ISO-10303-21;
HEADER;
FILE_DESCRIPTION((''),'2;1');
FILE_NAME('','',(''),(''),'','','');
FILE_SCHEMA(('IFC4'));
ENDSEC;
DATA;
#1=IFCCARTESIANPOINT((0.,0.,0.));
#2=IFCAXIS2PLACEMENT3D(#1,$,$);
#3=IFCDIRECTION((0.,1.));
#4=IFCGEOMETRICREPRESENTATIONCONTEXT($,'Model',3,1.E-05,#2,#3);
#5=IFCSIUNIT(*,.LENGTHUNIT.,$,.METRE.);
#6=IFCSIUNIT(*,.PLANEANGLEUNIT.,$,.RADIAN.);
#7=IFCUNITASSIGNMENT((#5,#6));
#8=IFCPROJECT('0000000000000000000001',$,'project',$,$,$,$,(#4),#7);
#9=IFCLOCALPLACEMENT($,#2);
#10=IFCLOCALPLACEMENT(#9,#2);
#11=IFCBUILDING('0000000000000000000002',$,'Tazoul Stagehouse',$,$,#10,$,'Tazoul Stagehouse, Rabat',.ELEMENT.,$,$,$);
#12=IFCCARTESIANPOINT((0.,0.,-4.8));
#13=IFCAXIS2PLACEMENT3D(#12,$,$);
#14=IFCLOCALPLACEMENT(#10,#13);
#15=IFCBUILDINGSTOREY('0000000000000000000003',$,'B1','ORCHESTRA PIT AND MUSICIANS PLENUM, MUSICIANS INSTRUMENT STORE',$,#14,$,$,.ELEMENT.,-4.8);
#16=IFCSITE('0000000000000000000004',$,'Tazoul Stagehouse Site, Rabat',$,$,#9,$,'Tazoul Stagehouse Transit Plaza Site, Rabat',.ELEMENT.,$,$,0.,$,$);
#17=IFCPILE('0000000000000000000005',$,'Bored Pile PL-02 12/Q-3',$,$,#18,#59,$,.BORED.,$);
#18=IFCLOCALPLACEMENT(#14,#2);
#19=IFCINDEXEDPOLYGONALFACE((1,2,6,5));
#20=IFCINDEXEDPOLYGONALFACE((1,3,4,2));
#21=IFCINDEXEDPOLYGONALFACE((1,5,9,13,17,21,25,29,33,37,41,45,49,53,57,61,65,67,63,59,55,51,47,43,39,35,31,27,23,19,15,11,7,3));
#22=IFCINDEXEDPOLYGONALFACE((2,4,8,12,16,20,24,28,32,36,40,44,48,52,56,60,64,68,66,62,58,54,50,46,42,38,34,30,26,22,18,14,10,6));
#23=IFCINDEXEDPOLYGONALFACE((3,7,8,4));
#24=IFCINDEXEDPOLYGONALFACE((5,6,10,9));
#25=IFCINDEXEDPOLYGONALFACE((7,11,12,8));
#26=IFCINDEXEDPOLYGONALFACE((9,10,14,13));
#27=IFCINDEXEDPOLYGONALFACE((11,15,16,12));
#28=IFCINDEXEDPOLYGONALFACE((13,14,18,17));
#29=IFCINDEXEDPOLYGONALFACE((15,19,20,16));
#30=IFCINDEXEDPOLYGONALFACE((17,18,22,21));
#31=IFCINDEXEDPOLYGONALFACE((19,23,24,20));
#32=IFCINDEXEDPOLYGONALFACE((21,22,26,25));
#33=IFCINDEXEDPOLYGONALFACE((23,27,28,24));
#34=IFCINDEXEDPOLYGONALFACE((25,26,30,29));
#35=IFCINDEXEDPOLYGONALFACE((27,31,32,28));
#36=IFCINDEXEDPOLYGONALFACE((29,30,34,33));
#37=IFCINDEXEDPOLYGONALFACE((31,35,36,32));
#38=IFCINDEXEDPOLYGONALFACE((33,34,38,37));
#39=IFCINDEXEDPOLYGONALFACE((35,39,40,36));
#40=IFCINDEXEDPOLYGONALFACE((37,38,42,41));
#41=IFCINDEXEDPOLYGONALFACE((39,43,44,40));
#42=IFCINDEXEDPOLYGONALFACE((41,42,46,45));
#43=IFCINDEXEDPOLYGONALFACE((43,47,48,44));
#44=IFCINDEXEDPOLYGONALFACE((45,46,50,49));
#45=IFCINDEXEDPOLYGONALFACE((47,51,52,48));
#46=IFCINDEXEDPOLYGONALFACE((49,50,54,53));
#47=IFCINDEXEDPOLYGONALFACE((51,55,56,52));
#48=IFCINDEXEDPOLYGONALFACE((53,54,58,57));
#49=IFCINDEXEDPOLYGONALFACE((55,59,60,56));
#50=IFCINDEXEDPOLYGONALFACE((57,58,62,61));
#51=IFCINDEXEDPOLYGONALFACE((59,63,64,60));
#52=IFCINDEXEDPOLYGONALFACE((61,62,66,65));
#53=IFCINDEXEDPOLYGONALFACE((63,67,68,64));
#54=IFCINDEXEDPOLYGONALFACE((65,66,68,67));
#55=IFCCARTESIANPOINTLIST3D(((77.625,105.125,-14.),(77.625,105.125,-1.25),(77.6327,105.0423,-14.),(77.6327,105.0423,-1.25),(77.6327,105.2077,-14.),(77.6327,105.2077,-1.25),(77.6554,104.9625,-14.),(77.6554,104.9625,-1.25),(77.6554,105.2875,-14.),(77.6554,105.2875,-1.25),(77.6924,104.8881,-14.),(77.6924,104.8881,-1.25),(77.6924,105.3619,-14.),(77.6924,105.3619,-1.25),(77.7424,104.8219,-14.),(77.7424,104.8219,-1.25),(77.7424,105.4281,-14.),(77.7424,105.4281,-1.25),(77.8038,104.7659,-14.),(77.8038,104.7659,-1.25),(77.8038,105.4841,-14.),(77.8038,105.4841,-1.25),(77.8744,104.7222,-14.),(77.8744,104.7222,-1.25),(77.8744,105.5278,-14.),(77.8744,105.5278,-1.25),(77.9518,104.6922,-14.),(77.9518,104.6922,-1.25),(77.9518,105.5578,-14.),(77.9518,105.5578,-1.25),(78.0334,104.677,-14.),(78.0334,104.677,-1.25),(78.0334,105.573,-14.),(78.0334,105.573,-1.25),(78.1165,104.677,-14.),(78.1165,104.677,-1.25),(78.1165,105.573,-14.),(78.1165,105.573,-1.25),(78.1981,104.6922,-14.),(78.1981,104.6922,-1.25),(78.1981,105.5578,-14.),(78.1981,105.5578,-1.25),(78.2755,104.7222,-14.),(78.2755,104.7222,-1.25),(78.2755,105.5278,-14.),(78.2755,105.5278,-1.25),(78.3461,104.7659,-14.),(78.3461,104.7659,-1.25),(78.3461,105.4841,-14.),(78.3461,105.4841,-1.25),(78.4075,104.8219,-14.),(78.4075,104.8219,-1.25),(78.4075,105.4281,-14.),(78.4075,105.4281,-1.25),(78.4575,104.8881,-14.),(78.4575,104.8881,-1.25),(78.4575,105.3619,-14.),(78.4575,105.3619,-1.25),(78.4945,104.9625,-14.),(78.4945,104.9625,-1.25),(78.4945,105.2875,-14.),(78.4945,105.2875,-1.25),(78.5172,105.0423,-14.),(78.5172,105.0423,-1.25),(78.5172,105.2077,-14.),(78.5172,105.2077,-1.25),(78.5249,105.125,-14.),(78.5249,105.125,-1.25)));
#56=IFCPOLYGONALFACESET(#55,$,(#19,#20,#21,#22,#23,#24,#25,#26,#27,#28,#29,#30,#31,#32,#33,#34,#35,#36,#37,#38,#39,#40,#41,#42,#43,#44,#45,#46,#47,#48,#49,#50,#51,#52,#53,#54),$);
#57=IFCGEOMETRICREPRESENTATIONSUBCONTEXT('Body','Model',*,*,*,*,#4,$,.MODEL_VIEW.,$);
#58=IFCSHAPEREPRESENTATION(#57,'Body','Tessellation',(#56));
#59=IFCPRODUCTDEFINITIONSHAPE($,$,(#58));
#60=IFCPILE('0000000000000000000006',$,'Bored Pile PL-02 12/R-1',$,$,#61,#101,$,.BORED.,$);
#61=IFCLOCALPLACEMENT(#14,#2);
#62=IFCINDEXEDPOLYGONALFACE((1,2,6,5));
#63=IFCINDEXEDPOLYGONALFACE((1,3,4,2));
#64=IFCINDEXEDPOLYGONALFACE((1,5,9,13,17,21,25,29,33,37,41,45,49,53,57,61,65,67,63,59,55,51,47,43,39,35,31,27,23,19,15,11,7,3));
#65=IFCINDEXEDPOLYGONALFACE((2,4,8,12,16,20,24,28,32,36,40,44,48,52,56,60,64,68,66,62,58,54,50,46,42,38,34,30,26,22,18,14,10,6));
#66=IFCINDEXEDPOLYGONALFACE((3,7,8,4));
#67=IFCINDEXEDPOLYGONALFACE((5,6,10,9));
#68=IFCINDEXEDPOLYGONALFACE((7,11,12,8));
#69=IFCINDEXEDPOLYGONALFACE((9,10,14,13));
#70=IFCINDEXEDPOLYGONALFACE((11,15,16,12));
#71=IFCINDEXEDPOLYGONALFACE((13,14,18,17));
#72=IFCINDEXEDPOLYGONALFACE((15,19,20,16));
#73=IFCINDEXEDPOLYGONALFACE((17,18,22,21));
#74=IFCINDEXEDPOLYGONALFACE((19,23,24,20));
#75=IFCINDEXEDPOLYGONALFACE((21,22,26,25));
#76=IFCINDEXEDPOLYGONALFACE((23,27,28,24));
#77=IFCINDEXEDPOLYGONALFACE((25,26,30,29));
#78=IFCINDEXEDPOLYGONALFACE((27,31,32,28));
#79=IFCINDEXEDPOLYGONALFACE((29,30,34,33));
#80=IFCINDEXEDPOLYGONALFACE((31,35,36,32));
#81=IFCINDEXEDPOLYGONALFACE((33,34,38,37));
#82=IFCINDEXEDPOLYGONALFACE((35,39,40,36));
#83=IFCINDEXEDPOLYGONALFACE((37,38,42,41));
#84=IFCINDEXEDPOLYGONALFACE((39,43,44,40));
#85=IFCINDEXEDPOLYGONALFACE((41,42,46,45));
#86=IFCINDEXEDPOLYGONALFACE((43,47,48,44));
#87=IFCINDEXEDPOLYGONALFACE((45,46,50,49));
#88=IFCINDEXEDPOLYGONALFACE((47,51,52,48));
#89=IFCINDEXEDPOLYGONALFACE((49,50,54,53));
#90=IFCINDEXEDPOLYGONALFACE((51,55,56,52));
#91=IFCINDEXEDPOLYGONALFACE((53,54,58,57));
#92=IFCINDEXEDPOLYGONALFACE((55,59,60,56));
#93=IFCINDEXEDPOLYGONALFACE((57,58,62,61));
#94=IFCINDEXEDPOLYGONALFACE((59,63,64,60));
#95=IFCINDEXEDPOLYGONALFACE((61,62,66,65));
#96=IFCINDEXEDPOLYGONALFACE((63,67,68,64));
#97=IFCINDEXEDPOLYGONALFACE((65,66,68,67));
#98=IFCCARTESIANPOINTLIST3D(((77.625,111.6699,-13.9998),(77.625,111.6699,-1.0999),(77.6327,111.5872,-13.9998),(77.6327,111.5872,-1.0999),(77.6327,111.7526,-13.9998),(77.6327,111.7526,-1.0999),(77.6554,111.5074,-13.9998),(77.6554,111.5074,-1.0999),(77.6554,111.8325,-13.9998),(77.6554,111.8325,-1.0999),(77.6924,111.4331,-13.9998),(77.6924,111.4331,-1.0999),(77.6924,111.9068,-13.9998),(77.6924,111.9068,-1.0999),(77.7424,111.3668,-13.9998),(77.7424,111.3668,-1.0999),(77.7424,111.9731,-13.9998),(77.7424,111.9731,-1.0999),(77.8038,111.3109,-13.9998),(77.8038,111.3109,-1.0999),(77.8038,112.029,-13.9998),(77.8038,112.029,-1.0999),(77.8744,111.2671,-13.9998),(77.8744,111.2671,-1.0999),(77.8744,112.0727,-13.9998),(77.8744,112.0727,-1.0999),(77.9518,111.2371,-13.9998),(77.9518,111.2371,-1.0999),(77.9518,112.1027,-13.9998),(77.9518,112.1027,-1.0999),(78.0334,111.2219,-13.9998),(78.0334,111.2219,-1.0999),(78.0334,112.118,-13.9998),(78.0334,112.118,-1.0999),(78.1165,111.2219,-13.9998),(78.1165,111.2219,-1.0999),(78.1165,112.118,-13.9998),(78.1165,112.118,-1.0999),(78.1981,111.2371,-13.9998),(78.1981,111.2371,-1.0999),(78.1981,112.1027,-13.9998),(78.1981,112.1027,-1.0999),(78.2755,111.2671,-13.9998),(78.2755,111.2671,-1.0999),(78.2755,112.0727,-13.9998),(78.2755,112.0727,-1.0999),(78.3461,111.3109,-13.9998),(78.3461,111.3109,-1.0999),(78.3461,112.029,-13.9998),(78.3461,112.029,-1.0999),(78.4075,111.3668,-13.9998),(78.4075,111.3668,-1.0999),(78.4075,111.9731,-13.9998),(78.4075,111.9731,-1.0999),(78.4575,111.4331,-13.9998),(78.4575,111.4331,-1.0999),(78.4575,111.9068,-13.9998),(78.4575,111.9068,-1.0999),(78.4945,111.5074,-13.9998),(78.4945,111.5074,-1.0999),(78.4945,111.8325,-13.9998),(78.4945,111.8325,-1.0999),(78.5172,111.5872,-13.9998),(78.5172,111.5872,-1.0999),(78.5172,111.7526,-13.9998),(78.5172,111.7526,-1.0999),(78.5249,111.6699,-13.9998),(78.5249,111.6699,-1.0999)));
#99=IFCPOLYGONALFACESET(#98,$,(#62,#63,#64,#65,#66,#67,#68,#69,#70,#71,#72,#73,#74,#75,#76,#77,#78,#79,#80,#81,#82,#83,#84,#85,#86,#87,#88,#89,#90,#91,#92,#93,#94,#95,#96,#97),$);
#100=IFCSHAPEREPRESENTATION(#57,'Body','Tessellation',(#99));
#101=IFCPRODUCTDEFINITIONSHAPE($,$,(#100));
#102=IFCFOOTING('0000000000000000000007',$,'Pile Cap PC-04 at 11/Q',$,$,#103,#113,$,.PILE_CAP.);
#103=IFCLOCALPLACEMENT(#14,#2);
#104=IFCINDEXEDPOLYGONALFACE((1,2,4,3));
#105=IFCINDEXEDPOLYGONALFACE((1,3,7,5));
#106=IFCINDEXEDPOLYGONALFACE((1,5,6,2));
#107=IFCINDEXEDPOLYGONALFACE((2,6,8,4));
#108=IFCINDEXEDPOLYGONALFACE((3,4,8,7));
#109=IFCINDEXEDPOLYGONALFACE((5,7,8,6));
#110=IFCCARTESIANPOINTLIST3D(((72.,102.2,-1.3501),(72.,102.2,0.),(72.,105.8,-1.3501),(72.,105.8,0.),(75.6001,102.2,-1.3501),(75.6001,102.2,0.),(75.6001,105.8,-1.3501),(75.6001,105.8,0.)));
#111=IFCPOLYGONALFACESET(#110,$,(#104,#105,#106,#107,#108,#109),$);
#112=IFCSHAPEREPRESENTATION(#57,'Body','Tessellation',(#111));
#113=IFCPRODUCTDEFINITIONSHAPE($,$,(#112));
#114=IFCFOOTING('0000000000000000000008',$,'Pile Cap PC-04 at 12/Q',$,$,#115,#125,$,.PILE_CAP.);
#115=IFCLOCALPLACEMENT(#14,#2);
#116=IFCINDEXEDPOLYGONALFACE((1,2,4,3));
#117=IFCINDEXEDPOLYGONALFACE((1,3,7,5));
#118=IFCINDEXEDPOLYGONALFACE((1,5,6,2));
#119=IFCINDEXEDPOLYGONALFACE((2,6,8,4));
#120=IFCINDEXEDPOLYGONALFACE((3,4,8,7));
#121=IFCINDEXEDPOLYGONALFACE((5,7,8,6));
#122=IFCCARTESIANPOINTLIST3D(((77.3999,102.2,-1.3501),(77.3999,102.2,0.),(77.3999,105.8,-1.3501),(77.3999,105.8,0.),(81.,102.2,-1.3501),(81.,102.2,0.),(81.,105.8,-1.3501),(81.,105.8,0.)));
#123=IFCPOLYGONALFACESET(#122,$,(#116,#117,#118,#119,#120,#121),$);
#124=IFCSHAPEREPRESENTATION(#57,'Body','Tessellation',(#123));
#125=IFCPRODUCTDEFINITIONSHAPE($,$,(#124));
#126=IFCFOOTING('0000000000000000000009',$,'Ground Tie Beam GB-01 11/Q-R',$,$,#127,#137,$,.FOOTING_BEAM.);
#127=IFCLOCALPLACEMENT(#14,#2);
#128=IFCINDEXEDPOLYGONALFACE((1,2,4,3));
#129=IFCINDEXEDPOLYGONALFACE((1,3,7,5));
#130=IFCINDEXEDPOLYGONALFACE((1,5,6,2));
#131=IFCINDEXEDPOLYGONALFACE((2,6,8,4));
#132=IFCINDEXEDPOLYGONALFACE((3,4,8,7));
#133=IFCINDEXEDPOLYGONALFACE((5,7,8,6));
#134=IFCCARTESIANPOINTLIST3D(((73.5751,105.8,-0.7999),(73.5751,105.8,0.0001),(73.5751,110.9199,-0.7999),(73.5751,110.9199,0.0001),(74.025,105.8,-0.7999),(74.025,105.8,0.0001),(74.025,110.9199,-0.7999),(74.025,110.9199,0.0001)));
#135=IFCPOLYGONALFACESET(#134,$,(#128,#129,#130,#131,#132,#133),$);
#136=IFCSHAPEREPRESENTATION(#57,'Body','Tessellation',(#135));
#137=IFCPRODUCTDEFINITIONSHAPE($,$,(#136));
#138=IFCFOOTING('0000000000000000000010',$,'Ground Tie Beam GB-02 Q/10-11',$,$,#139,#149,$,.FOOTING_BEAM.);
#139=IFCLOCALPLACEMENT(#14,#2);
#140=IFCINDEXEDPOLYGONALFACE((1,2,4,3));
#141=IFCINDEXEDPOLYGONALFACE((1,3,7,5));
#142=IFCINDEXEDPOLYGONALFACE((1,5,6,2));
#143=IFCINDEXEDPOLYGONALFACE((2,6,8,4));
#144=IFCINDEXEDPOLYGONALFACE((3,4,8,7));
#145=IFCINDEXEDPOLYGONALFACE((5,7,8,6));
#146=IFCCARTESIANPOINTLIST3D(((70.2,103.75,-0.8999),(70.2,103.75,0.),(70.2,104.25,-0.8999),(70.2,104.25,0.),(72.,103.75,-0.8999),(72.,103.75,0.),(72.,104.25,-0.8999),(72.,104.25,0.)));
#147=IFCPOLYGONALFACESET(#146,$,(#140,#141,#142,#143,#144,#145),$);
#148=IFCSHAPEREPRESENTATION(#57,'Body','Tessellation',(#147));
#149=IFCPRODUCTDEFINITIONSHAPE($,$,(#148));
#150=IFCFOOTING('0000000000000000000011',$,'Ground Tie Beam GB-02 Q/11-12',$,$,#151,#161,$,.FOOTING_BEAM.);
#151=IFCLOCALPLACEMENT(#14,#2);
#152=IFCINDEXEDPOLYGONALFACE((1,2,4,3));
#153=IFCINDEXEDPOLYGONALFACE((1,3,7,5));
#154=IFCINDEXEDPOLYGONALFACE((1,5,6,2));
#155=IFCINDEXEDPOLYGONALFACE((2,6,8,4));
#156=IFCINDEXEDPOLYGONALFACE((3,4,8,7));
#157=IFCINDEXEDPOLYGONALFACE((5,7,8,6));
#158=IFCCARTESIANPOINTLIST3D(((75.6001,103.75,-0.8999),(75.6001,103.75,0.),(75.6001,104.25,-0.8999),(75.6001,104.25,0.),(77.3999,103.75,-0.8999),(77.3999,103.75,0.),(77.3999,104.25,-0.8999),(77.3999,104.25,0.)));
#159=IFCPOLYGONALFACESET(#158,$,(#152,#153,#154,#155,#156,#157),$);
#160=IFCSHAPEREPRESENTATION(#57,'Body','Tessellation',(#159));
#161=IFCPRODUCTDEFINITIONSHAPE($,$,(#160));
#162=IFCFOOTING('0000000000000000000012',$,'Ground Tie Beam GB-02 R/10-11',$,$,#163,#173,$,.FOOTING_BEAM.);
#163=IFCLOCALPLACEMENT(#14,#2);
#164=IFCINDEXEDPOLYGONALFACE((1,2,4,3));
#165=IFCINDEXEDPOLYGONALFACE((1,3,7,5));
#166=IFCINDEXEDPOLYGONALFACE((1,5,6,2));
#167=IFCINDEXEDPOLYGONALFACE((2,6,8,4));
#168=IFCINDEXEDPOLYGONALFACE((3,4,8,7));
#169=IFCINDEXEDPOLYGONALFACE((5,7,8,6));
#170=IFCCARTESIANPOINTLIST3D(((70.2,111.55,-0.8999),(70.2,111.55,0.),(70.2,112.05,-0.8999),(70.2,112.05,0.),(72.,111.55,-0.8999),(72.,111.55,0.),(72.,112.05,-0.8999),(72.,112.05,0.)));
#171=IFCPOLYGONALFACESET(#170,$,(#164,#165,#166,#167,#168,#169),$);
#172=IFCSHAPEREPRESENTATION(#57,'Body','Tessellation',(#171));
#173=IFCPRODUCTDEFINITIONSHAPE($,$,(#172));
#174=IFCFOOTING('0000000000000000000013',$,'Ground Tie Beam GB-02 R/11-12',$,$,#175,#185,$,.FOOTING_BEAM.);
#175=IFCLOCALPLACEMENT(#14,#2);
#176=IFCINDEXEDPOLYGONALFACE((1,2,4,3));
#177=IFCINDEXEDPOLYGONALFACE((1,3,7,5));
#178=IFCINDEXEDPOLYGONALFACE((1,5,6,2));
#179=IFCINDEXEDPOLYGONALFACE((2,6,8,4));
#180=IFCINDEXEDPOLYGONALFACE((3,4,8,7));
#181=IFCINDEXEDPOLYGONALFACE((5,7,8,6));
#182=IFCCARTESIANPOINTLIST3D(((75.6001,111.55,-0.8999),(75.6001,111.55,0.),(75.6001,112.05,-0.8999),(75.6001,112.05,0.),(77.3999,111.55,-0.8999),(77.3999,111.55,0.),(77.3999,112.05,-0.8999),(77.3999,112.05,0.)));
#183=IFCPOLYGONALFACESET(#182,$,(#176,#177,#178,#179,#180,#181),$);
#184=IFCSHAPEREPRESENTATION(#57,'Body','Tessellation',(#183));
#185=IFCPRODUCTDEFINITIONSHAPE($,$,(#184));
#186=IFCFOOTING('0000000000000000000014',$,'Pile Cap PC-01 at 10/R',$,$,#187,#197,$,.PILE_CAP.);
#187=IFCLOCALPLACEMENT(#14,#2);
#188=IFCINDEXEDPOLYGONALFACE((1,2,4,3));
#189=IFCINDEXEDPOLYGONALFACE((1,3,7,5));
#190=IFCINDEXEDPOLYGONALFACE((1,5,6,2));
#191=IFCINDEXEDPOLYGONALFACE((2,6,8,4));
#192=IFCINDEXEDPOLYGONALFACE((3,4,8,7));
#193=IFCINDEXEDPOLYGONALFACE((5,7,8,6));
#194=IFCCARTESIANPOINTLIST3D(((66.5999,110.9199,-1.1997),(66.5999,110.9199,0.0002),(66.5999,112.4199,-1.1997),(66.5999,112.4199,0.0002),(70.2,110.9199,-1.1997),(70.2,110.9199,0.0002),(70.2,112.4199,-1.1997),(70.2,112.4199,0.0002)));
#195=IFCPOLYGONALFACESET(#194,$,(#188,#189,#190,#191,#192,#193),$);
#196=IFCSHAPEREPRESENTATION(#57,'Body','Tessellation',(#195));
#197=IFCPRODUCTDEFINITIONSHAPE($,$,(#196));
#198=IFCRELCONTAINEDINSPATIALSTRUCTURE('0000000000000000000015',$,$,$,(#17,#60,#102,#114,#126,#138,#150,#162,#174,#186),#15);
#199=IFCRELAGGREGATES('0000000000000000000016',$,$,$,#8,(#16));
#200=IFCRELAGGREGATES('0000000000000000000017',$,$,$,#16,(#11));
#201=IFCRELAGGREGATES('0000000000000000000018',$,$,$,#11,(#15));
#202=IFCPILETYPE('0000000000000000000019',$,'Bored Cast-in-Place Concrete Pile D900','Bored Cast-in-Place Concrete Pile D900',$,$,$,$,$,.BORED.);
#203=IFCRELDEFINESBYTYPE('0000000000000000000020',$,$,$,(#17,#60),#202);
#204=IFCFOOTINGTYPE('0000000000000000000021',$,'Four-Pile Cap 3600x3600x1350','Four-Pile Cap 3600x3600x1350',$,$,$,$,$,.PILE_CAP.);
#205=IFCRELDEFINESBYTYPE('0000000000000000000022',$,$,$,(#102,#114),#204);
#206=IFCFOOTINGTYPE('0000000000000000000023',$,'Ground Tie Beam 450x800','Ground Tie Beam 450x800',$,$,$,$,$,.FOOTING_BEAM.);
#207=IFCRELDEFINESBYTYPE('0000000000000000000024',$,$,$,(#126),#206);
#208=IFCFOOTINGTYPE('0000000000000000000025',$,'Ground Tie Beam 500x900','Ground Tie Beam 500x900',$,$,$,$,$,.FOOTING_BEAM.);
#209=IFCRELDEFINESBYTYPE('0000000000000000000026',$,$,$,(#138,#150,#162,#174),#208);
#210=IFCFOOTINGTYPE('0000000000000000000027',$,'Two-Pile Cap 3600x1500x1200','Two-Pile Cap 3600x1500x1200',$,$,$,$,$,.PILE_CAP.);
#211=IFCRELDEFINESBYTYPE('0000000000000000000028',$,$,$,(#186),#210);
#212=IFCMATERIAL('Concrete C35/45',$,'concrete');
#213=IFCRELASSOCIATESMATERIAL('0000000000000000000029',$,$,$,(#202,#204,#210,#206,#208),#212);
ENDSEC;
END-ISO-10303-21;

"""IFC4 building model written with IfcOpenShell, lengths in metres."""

from ifc_helpers import new_model, si_unit, direction, frame, origin, origin_2d, place, context, subcontext, project, spatial, rectangle, circle, extrude, material, material_profile, profile_set, type_object, element, save


model = new_model("IFC4")

# Units and contexts
model_context = context("Model", 3, precision=1e-05, world=origin(), true_north=direction((0.0, 1.0)))
body_context = subcontext(model_context, "Body", "Model", "MODEL_VIEW")
ifc_project = project(units=[si_unit("LENGTHUNIT", "METRE"), si_unit("PLANEANGLEUNIT", "RADIAN")], contexts=[model_context])

# Site, building, storey
site_placement = place(None, origin())
site = spatial("IfcSite", under=ifc_project, at=site_placement, Name="Tazoul Stagehouse Site, Rabat", LongName="Tazoul Stagehouse Transit Plaza Site, Rabat", CompositionType="ELEMENT", RefElevation=0.0)
building_placement = place(site_placement, origin())
building = spatial("IfcBuilding", under=site, at=building_placement, Name="Tazoul Stagehouse", LongName="Tazoul Stagehouse, Rabat", CompositionType="ELEMENT")
storey_placement = place(building_placement, frame((0.0, 0.0, -4.8)))
storey = spatial("IfcBuildingStorey", under=building, at=storey_placement, Name="B1", Description="ORCHESTRA PIT AND MUSICIANS PLENUM, MUSICIANS INSTRUMENT STORE", CompositionType="ELEMENT", Elevation=-4.8)

# Piles
ifc_material_1 = material(Name="Concrete C35/45", Category="concrete")
ifc_material_profile_1 = material_profile(ifc_material_1, circle(Radius=0.45, at=origin_2d()), Name="BORED PILE 900")
ifc_profile_set_1 = profile_set([ifc_material_profile_1], Name="Concrete C35/45")
pile_type = type_object("IfcPileType", Name="Bored Cast-in-Place Concrete Pile D900", Description="Bored Cast-in-Place Concrete Pile D900", PredefinedType="BORED", material=ifc_profile_set_1)
for number, where, z_axis, x_axis, name in (
    (1, (78.075, 105.125, -1.25), (0.0, 0.0, -1.0), (1.0, 0.0, 0.0), "Bored Pile PL-02 12/Q-3"),
):
    element("IfcPile", number, at=place(storey_placement, frame(where, z_axis=z_axis, x_axis=x_axis)), inside=storey, type_object=pile_type, Name=name, PredefinedType="BORED", context=body_context, shape_type="SweptSolid", body=[
        extrude(circle(Radius=0.45, at=origin_2d()), origin(), (0.0, 0.0, 1.0), 12.75),
    ])
pile_1_placement = place(storey_placement, frame((78.075, 111.6699, -1.0999), z_axis=(0.0, 0.0, -1.0), x_axis=(1.0, 0.0, 0.0)))
element("IfcPile", 2, at=pile_1_placement, inside=storey, type_object=pile_type, Name="Bored Pile PL-02 12/R-1", PredefinedType="BORED", context=body_context, shape_type="SweptSolid", body=[
    extrude(circle(Radius=0.45, at=origin_2d()), origin(), (0.0, 0.0, 1.0), 12.8999),
])

# Footings
footing_type_1 = type_object("IfcFootingType", Name="Four-Pile Cap 3600x3600x1350", Description="Four-Pile Cap 3600x3600x1350", PredefinedType="PILE_CAP", material=ifc_material_1)
for number, where, z_axis, x_axis, name in (
    (3, (73.8, 104.0, -1.3501), (0.0, 0.0, 1.0), (1.0, 0.0, 0.0), "Pile Cap PC-04 at 11/Q"),
    (4, (79.2, 104.0, -1.3501), (0.0, 0.0, 1.0), (1.0, 0.0, 0.0), "Pile Cap PC-04 at 12/Q"),
):
    element("IfcFooting", number, at=place(storey_placement, frame(where, z_axis=z_axis, x_axis=x_axis)), inside=storey, type_object=footing_type_1, Name=name, PredefinedType="PILE_CAP", context=body_context, shape_type="SweptSolid", body=[
        extrude(rectangle(XDim=3.6001, YDim=3.6001, at=origin_2d()), origin(), (0.0, 0.0, 1.0), 1.3501),
    ])
ifc_material_profile_2 = material_profile(ifc_material_1, rectangle(XDim=0.45, YDim=0.8, at=origin_2d()), Name="RC 450x800")
ifc_profile_set_2 = profile_set([ifc_material_profile_2], Name="Concrete C35/45")
footing_type_2 = type_object("IfcFootingType", Name="Ground Tie Beam 450x800", Description="Ground Tie Beam 450x800", PredefinedType="FOOTING_BEAM", material=ifc_profile_set_2)
footing_1_placement = place(storey_placement, frame((73.8, 105.8, -0.3999), z_axis=(0.0, 1.0, 0.0), x_axis=(-1.0, 0.0, 0.0)))
element("IfcFooting", 5, at=footing_1_placement, inside=storey, type_object=footing_type_2, Name="Ground Tie Beam GB-01 11/Q-R", PredefinedType="FOOTING_BEAM", context=body_context, shape_type="SweptSolid", body=[
    extrude(rectangle(XDim=0.45, YDim=0.8, at=origin_2d()), origin(), (0.0, 0.0, 1.0), 5.1199),
])
ifc_material_profile_3 = material_profile(ifc_material_1, rectangle(XDim=0.5, YDim=0.8999, at=origin_2d()), Name="RC 500x900")
ifc_profile_set_3 = profile_set([ifc_material_profile_3], Name="Concrete C35/45")
footing_type_3 = type_object("IfcFootingType", Name="Ground Tie Beam 500x900", Description="Ground Tie Beam 500x900", PredefinedType="FOOTING_BEAM", material=ifc_profile_set_3)
footing_2_placement = place(storey_placement, frame((70.2, 104.0, -0.45), z_axis=(1.0, 0.0, 0.0), x_axis=(0.0, 1.0, 0.0)))
element("IfcFooting", 6, at=footing_2_placement, inside=storey, type_object=footing_type_3, Name="Ground Tie Beam GB-02 Q/10-11", PredefinedType="FOOTING_BEAM", context=body_context, shape_type="SweptSolid", body=[
    extrude(rectangle(XDim=0.5, YDim=0.8999, at=origin_2d()), origin(), (0.0, 0.0, 1.0), 1.8),
])
footing_3_placement = place(storey_placement, frame((75.6001, 104.0, -0.45), z_axis=(1.0, 0.0, 0.0), x_axis=(0.0, 1.0, 0.0)))
element("IfcFooting", 7, at=footing_3_placement, inside=storey, type_object=footing_type_3, Name="Ground Tie Beam GB-02 Q/11-12", PredefinedType="FOOTING_BEAM", context=body_context, shape_type="SweptSolid", body=[
    extrude(rectangle(XDim=0.5, YDim=0.8999, at=origin_2d()), origin(), (0.0, 0.0, 1.0), 1.7998),
])
footing_4_placement = place(storey_placement, frame((70.2, 111.8, -0.45), z_axis=(1.0, 0.0, 0.0), x_axis=(0.0, 1.0, 0.0)))
element("IfcFooting", 8, at=footing_4_placement, inside=storey, type_object=footing_type_3, Name="Ground Tie Beam GB-02 R/10-11", PredefinedType="FOOTING_BEAM", context=body_context, shape_type="SweptSolid", body=[
    extrude(rectangle(XDim=0.5, YDim=0.8999, at=origin_2d()), origin(), (0.0, 0.0, 1.0), 1.8),
])
footing_5_placement = place(storey_placement, frame((75.6001, 111.8, -0.45), z_axis=(1.0, 0.0, 0.0), x_axis=(0.0, 1.0, 0.0)))
element("IfcFooting", 9, at=footing_5_placement, inside=storey, type_object=footing_type_3, Name="Ground Tie Beam GB-02 R/11-12", PredefinedType="FOOTING_BEAM", context=body_context, shape_type="SweptSolid", body=[
    extrude(rectangle(XDim=0.5, YDim=0.8999, at=origin_2d()), origin(), (0.0, 0.0, 1.0), 1.7998),
])
footing_type_4 = type_object("IfcFootingType", Name="Two-Pile Cap 3600x1500x1200", Description="Two-Pile Cap 3600x1500x1200", PredefinedType="PILE_CAP", material=ifc_material_1)
for number, where, z_axis, x_axis, name in (
    (10, (68.3999, 111.6699, -1.1997), (0.0, 0.0, 1.0), (1.0, 0.0, 0.0), "Pile Cap PC-01 at 10/R"),
):
    element("IfcFooting", number, at=place(storey_placement, frame(where, z_axis=z_axis, x_axis=x_axis)), inside=storey, type_object=footing_type_4, Name=name, PredefinedType="PILE_CAP", context=body_context, shape_type="SweptSolid", body=[
        extrude(rectangle(XDim=3.6001, YDim=1.5, at=origin_2d()), origin(), (0.0, 0.0, 1.0), 1.2),
    ])

save(model, "model.ifc")
